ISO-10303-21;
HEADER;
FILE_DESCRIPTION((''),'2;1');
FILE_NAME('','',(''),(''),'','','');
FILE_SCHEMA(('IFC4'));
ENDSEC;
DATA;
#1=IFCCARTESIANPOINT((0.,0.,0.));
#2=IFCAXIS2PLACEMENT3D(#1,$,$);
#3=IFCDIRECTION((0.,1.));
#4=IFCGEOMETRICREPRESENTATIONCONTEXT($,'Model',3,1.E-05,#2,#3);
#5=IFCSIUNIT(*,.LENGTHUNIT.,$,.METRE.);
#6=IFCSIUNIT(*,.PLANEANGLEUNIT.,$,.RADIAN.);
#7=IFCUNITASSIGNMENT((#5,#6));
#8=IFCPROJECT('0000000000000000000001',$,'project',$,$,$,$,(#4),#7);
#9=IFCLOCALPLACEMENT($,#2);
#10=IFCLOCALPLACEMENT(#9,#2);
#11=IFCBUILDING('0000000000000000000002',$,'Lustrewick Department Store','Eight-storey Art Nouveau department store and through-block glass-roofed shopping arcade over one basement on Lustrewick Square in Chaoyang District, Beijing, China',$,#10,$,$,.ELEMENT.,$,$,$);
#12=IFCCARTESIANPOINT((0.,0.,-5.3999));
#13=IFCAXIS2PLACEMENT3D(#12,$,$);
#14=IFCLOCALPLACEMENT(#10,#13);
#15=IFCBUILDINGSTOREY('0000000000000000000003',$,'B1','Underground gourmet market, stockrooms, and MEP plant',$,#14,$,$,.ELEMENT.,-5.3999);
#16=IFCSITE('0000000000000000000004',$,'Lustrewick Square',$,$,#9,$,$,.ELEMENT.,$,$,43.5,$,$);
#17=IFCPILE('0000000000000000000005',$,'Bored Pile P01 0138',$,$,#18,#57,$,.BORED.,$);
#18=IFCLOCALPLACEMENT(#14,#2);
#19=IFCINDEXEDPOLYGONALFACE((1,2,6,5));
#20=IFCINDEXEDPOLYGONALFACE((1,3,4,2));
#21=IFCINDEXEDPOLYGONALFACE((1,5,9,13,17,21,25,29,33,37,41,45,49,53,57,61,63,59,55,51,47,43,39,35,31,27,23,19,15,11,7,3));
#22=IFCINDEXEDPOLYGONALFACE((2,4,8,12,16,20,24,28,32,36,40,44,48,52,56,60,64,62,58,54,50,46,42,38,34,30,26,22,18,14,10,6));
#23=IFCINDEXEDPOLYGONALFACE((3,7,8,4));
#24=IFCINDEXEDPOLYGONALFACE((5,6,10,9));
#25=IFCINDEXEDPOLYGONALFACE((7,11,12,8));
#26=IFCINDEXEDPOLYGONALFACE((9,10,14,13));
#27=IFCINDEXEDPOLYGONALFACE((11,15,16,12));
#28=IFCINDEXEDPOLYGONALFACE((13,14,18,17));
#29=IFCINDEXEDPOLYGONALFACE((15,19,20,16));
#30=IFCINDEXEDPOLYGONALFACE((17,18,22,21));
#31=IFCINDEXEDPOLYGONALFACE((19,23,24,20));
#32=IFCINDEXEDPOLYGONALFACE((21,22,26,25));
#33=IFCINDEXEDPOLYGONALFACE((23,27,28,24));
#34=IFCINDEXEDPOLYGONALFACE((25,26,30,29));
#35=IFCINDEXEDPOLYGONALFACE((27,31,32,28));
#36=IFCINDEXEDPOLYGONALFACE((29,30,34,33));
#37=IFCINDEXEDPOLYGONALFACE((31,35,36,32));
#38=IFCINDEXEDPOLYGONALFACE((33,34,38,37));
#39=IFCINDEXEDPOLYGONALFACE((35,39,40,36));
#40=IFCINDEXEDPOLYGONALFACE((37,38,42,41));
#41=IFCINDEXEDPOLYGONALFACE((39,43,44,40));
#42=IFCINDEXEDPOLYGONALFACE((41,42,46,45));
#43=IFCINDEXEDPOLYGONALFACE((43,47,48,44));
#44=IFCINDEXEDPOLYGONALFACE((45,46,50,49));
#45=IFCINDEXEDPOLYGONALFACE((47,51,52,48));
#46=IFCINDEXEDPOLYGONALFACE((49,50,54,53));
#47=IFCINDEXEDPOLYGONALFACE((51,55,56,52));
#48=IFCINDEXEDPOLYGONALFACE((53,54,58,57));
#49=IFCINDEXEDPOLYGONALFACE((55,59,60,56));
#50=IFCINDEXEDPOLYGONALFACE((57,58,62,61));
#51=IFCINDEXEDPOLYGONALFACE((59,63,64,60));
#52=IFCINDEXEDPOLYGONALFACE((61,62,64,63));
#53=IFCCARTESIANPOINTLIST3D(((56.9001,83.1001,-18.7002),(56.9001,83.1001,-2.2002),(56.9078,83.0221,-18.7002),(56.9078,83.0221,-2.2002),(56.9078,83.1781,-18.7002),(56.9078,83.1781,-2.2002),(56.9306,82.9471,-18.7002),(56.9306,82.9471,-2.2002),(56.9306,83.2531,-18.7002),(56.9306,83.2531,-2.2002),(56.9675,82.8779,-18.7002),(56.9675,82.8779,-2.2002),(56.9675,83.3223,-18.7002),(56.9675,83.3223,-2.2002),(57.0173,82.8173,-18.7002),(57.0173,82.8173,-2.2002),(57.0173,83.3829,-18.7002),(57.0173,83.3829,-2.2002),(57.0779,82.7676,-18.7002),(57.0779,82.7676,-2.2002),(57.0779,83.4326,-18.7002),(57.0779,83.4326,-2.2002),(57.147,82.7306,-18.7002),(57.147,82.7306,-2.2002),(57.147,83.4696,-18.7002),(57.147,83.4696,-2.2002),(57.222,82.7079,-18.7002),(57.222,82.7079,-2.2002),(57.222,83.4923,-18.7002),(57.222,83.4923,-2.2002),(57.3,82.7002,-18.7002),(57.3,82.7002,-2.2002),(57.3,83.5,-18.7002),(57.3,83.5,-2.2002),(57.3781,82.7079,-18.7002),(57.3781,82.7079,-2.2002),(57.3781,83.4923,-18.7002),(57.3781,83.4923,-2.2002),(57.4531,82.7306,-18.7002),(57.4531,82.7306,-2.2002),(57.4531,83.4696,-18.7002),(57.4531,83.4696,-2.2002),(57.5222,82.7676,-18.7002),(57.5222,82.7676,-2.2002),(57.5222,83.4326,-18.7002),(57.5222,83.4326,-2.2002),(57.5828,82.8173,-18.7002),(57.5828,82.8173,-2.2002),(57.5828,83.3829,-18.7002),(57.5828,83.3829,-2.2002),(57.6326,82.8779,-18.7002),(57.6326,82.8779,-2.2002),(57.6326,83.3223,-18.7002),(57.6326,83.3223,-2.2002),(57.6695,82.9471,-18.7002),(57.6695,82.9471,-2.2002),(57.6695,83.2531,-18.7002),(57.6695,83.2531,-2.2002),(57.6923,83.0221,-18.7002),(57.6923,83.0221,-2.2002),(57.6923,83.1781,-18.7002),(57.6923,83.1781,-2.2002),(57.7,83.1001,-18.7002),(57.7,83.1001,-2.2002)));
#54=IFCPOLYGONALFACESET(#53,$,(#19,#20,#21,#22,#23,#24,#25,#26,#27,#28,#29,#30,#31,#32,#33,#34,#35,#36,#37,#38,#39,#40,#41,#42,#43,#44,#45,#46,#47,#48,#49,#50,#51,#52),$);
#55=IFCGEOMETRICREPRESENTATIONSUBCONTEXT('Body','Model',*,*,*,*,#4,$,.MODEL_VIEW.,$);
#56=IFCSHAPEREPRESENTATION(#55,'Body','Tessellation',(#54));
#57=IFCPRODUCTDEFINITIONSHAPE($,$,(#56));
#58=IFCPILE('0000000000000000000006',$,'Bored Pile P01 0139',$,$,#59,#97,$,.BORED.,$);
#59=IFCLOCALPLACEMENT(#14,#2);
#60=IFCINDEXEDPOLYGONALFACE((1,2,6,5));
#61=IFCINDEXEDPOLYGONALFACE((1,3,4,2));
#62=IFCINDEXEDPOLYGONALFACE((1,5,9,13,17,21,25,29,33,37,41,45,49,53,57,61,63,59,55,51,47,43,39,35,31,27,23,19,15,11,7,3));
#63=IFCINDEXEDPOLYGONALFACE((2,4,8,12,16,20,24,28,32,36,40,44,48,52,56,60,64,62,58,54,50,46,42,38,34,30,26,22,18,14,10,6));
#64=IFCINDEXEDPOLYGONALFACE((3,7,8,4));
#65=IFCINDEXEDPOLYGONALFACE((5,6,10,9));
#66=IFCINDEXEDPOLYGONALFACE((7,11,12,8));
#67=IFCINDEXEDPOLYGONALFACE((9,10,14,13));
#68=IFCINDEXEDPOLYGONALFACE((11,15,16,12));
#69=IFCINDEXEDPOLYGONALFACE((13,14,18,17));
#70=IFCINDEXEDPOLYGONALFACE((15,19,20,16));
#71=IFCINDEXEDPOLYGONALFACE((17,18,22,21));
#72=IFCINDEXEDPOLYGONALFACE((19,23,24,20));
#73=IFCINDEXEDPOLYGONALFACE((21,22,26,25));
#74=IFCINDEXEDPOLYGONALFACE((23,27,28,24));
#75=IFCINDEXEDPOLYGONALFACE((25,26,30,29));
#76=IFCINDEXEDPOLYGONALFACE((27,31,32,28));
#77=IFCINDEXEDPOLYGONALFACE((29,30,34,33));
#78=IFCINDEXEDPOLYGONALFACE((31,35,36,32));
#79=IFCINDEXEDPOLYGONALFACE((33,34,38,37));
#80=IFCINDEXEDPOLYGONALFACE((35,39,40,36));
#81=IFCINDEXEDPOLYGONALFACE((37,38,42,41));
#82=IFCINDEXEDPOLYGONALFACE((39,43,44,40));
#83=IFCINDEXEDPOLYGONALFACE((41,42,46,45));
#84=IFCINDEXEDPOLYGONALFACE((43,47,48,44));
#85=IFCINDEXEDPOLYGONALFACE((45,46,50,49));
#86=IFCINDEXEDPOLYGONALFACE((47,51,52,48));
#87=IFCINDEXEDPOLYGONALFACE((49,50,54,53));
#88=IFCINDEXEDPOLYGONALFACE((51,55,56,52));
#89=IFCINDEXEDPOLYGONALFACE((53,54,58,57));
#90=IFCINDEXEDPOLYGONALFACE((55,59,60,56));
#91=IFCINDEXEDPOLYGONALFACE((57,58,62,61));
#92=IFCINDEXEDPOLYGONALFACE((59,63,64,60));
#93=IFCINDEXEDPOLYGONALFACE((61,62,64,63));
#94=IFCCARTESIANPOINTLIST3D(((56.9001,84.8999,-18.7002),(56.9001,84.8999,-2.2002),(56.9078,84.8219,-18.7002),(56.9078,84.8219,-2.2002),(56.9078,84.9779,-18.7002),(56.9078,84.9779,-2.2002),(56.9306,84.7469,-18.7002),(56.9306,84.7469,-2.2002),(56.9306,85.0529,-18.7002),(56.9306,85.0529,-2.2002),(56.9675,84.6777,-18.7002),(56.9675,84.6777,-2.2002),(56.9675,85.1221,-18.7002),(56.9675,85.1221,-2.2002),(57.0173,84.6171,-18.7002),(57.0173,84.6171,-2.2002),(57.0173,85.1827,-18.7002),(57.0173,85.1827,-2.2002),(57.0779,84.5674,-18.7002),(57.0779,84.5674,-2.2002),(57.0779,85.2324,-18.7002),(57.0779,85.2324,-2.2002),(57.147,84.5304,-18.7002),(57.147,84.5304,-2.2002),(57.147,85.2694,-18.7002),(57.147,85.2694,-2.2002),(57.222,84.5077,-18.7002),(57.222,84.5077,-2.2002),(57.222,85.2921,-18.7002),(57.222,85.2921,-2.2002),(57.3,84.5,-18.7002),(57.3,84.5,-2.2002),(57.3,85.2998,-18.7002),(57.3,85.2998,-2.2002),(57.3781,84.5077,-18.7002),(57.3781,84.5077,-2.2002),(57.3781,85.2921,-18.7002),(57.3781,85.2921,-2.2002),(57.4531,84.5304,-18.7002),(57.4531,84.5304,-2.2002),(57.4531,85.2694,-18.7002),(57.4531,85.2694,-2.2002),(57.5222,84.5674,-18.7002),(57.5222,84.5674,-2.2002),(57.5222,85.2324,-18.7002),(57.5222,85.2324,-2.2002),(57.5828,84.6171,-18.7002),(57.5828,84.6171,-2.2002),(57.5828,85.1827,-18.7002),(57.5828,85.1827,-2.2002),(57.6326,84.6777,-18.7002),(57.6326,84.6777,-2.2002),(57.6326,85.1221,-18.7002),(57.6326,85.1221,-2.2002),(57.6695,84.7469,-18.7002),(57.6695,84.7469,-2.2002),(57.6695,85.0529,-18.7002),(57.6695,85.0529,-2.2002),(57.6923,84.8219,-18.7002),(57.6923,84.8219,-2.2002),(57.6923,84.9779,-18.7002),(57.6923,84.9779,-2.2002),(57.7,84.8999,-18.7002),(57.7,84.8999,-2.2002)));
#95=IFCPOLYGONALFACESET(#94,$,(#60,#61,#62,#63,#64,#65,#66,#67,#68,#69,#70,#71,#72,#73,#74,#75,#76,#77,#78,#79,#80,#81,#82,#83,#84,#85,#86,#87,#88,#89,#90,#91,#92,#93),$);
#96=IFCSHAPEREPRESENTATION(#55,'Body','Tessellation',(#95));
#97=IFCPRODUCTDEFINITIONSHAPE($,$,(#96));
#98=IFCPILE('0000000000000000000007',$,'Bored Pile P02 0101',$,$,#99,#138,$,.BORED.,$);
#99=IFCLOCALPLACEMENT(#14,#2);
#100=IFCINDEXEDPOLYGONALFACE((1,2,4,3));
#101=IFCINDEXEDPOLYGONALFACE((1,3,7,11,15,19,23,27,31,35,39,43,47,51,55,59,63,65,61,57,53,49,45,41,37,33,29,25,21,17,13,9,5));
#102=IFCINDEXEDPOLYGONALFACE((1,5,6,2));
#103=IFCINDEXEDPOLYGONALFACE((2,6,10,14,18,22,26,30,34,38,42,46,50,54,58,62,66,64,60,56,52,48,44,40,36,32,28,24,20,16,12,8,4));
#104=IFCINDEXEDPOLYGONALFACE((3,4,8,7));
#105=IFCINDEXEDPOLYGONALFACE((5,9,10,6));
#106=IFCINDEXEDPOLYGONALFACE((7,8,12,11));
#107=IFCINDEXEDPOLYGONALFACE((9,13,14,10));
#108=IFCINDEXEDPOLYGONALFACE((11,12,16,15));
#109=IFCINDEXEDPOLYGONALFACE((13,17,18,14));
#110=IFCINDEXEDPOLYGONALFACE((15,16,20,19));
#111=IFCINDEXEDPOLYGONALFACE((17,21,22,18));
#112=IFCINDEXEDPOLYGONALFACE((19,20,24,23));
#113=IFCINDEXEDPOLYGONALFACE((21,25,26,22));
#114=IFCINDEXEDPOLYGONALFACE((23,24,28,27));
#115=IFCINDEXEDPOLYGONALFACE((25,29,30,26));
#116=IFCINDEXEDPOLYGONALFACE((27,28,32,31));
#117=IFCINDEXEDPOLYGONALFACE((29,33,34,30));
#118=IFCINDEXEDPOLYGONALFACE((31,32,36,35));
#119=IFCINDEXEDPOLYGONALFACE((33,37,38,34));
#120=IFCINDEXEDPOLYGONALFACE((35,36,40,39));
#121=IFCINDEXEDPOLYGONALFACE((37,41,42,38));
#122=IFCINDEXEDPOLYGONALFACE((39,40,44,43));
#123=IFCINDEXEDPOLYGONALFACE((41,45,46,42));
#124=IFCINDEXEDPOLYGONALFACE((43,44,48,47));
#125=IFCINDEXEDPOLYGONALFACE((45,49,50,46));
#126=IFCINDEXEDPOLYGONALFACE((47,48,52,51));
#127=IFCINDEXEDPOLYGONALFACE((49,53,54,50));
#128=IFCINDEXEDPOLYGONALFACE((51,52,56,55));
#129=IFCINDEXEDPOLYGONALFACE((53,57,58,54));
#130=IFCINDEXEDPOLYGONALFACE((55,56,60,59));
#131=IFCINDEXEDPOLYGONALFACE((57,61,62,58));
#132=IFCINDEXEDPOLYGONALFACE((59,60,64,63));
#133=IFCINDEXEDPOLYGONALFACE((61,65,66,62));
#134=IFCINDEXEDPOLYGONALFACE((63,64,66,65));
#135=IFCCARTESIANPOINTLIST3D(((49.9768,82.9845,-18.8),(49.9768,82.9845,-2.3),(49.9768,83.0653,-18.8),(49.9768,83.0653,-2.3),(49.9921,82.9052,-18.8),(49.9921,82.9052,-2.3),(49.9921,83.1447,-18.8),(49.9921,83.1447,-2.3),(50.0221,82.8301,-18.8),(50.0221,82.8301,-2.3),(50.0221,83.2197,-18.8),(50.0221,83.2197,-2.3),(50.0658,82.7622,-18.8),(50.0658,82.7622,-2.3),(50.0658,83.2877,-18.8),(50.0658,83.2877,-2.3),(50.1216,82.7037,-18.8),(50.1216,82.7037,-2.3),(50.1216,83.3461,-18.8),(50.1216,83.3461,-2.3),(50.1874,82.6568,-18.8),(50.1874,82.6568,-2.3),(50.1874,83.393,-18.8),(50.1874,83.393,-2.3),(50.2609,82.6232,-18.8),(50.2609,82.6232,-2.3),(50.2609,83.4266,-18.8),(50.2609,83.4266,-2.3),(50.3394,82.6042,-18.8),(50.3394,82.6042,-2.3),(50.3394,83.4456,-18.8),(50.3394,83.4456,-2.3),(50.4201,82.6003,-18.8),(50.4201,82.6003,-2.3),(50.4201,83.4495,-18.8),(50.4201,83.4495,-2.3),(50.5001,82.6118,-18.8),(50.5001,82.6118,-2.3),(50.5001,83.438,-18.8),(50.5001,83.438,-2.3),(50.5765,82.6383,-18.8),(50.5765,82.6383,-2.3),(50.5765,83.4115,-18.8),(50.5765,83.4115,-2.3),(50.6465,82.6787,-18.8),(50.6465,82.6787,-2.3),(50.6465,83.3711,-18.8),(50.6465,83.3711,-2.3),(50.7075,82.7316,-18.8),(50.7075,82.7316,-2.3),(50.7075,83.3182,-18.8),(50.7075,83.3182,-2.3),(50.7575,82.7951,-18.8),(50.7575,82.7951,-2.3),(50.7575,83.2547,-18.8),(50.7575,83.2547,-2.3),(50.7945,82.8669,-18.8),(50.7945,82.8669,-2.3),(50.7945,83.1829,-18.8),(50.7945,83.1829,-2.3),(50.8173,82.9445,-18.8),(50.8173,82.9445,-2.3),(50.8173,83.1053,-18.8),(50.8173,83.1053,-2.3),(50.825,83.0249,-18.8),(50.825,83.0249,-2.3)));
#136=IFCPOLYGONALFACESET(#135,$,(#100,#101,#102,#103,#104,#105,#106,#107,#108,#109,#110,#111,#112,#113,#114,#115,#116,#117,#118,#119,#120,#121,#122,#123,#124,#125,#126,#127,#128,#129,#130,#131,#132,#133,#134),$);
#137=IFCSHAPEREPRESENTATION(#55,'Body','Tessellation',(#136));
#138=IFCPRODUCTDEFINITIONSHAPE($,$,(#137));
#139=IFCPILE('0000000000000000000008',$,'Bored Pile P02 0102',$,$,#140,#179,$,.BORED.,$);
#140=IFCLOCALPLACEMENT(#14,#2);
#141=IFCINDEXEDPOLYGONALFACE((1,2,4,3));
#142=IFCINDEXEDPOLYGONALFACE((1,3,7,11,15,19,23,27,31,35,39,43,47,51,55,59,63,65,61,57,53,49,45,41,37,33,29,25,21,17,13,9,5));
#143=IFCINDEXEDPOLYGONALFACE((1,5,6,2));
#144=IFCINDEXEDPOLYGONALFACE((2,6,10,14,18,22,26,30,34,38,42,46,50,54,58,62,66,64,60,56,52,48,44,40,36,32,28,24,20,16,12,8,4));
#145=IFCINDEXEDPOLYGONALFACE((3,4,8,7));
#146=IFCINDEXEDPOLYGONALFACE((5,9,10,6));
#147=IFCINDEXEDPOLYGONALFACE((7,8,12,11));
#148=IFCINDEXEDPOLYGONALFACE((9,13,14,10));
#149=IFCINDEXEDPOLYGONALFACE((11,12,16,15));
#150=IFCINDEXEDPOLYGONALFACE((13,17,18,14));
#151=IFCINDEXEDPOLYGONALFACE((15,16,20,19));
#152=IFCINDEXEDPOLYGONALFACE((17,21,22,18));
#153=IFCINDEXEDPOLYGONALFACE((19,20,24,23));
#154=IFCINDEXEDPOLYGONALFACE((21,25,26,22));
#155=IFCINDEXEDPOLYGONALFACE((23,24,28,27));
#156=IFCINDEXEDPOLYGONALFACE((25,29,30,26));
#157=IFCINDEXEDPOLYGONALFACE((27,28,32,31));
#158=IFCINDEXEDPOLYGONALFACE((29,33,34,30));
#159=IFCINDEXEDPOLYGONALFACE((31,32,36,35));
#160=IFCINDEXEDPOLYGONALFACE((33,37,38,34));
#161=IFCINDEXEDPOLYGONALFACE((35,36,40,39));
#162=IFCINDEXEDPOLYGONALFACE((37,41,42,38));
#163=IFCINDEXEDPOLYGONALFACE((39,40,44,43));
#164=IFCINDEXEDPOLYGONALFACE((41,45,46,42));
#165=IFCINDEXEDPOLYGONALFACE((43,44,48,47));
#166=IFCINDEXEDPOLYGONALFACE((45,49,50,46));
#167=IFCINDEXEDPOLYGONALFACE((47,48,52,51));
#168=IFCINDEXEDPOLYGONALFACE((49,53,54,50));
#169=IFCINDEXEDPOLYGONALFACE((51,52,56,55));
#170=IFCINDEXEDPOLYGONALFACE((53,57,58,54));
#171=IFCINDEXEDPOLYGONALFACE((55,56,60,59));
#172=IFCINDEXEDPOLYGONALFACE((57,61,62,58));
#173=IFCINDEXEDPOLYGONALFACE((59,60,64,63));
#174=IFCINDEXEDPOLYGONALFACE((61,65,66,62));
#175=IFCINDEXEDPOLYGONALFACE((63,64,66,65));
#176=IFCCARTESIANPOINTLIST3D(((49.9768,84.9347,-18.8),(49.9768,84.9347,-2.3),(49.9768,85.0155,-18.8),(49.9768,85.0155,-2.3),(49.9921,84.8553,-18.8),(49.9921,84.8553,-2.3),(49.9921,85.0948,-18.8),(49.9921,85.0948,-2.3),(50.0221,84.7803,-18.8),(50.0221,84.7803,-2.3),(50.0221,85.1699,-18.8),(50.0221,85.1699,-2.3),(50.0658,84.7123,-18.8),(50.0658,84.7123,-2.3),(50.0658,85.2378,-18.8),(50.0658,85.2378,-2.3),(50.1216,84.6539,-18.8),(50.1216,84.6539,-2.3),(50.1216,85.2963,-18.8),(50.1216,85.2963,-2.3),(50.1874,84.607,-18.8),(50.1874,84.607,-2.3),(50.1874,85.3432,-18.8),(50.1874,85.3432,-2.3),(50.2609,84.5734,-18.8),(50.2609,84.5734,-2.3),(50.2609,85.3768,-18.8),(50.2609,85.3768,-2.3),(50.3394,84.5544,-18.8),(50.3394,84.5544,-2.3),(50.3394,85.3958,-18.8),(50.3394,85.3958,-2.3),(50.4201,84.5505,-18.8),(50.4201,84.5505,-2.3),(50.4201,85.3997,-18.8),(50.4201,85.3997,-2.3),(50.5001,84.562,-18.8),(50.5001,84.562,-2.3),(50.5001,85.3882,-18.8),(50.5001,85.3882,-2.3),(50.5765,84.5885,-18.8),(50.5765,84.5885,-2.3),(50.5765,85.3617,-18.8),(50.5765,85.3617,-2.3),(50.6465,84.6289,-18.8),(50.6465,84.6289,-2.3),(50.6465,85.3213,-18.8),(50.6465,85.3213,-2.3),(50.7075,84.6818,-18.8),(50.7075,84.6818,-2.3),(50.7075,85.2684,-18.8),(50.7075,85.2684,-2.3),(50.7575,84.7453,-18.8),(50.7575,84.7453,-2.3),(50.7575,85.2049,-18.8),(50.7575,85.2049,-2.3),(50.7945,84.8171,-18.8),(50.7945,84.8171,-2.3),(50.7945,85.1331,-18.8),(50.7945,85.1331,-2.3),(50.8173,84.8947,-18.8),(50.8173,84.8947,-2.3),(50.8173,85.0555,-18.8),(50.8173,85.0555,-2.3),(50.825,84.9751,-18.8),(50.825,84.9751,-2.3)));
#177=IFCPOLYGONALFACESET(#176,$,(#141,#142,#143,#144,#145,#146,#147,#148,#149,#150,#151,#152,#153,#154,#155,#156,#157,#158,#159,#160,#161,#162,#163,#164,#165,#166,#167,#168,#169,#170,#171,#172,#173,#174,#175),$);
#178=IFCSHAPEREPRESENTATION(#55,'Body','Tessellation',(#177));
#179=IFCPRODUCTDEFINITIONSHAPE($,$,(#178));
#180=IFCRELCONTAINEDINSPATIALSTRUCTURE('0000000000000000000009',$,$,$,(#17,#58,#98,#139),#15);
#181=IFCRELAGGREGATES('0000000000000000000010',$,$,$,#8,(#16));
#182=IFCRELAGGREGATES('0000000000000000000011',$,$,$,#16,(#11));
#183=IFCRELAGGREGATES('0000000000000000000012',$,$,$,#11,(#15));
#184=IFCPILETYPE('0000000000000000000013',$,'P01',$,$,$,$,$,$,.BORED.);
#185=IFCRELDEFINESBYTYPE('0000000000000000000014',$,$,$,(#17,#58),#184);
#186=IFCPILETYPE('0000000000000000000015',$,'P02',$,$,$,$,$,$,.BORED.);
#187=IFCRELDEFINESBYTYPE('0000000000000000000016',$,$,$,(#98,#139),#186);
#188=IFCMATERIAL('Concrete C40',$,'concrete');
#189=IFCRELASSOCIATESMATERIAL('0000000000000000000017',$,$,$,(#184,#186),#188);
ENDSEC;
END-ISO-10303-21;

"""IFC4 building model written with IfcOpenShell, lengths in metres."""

from ifc_helpers import new_model, si_unit, direction, frame, origin, origin_2d, place, context, subcontext, project, spatial, circle, extrude, material, material_profile, profile_set, type_object, element, save


model = new_model("IFC4")

# Units and contexts
model_context = context("Model", 3, precision=1e-05, world=origin(), true_north=direction((0.0, 1.0)))
body_context = subcontext(model_context, "Body", "Model", "MODEL_VIEW")
ifc_project = project(units=[si_unit("LENGTHUNIT", "METRE"), si_unit("PLANEANGLEUNIT", "RADIAN")], contexts=[model_context])

# Site, building, storey
site_placement = place(None, origin())
site = spatial("IfcSite", under=ifc_project, at=site_placement, Name="Lustrewick Square", CompositionType="ELEMENT", RefElevation=43.5)
building_placement = place(site_placement, origin())
building = spatial("IfcBuilding", under=site, at=building_placement, Name="Lustrewick Department Store", Description="Eight-storey Art Nouveau department store and through-block glass-roofed shopping arcade over one basement on Lustrewick Square in Chaoyang District, Beijing, China", CompositionType="ELEMENT")
storey_placement = place(building_placement, frame((0.0, 0.0, -5.3999)))
storey = spatial("IfcBuildingStorey", under=building, at=storey_placement, Name="B1", Description="Underground gourmet market, stockrooms, and MEP plant", CompositionType="ELEMENT", Elevation=-5.3999)

# Piles
ifc_material_1 = material(Name="Concrete C40", Category="concrete")
ifc_material_profile_1 = material_profile(ifc_material_1, circle(Radius=0.3999, at=origin_2d()), Name="PILE D800")
ifc_profile_set_1 = profile_set([ifc_material_profile_1], Name="Concrete C40")
pile_type_1 = type_object("IfcPileType", Name="P01", PredefinedType="BORED", material=ifc_profile_set_1)
for number, where, z_axis, x_axis, name in (
    (1, (57.3, 83.1001, -2.2002), (0.0, 0.0, -1.0), (1.0, 0.0, 0.0), "Bored Pile P01 0138"),
    (2, (57.3, 84.8999, -2.2002), (0.0, 0.0, -1.0), (1.0, 0.0, 0.0), "Bored Pile P01 0139"),
):
    element("IfcPile", number, at=place(storey_placement, frame(where, z_axis=z_axis, x_axis=x_axis)), inside=storey, type_object=pile_type_1, Name=name, PredefinedType="BORED", context=body_context, shape_type="SweptSolid", body=[
        extrude(circle(Radius=0.3999, at=origin_2d()), origin(), (0.0, 0.0, 1.0), 16.5),
    ])
ifc_material_profile_2 = material_profile(ifc_material_1, circle(Radius=0.425, at=origin_2d()), Name="PILE D850")
ifc_profile_set_2 = profile_set([ifc_material_profile_2], Name="Concrete C40")
pile_type_2 = type_object("IfcPileType", Name="P02", PredefinedType="BORED", material=ifc_profile_set_2)
for number, where, z_axis, x_axis, name in (
    (3, (50.3999, 83.0249, -2.3), (0.0, 0.0, -1.0), (1.0, 0.0, 0.0), "Bored Pile P02 0101"),
    (4, (50.3999, 84.9751, -2.3), (0.0, 0.0, -1.0), (1.0, 0.0, 0.0), "Bored Pile P02 0102"),
):
    element("IfcPile", number, at=place(storey_placement, frame(where, z_axis=z_axis, x_axis=x_axis)), inside=storey, type_object=pile_type_2, Name=name, PredefinedType="BORED", context=body_context, shape_type="SweptSolid", body=[
        extrude(circle(Radius=0.425, at=origin_2d()), origin(), (0.0, 0.0, 1.0), 16.5),
    ])

save(model, "model.ifc")
